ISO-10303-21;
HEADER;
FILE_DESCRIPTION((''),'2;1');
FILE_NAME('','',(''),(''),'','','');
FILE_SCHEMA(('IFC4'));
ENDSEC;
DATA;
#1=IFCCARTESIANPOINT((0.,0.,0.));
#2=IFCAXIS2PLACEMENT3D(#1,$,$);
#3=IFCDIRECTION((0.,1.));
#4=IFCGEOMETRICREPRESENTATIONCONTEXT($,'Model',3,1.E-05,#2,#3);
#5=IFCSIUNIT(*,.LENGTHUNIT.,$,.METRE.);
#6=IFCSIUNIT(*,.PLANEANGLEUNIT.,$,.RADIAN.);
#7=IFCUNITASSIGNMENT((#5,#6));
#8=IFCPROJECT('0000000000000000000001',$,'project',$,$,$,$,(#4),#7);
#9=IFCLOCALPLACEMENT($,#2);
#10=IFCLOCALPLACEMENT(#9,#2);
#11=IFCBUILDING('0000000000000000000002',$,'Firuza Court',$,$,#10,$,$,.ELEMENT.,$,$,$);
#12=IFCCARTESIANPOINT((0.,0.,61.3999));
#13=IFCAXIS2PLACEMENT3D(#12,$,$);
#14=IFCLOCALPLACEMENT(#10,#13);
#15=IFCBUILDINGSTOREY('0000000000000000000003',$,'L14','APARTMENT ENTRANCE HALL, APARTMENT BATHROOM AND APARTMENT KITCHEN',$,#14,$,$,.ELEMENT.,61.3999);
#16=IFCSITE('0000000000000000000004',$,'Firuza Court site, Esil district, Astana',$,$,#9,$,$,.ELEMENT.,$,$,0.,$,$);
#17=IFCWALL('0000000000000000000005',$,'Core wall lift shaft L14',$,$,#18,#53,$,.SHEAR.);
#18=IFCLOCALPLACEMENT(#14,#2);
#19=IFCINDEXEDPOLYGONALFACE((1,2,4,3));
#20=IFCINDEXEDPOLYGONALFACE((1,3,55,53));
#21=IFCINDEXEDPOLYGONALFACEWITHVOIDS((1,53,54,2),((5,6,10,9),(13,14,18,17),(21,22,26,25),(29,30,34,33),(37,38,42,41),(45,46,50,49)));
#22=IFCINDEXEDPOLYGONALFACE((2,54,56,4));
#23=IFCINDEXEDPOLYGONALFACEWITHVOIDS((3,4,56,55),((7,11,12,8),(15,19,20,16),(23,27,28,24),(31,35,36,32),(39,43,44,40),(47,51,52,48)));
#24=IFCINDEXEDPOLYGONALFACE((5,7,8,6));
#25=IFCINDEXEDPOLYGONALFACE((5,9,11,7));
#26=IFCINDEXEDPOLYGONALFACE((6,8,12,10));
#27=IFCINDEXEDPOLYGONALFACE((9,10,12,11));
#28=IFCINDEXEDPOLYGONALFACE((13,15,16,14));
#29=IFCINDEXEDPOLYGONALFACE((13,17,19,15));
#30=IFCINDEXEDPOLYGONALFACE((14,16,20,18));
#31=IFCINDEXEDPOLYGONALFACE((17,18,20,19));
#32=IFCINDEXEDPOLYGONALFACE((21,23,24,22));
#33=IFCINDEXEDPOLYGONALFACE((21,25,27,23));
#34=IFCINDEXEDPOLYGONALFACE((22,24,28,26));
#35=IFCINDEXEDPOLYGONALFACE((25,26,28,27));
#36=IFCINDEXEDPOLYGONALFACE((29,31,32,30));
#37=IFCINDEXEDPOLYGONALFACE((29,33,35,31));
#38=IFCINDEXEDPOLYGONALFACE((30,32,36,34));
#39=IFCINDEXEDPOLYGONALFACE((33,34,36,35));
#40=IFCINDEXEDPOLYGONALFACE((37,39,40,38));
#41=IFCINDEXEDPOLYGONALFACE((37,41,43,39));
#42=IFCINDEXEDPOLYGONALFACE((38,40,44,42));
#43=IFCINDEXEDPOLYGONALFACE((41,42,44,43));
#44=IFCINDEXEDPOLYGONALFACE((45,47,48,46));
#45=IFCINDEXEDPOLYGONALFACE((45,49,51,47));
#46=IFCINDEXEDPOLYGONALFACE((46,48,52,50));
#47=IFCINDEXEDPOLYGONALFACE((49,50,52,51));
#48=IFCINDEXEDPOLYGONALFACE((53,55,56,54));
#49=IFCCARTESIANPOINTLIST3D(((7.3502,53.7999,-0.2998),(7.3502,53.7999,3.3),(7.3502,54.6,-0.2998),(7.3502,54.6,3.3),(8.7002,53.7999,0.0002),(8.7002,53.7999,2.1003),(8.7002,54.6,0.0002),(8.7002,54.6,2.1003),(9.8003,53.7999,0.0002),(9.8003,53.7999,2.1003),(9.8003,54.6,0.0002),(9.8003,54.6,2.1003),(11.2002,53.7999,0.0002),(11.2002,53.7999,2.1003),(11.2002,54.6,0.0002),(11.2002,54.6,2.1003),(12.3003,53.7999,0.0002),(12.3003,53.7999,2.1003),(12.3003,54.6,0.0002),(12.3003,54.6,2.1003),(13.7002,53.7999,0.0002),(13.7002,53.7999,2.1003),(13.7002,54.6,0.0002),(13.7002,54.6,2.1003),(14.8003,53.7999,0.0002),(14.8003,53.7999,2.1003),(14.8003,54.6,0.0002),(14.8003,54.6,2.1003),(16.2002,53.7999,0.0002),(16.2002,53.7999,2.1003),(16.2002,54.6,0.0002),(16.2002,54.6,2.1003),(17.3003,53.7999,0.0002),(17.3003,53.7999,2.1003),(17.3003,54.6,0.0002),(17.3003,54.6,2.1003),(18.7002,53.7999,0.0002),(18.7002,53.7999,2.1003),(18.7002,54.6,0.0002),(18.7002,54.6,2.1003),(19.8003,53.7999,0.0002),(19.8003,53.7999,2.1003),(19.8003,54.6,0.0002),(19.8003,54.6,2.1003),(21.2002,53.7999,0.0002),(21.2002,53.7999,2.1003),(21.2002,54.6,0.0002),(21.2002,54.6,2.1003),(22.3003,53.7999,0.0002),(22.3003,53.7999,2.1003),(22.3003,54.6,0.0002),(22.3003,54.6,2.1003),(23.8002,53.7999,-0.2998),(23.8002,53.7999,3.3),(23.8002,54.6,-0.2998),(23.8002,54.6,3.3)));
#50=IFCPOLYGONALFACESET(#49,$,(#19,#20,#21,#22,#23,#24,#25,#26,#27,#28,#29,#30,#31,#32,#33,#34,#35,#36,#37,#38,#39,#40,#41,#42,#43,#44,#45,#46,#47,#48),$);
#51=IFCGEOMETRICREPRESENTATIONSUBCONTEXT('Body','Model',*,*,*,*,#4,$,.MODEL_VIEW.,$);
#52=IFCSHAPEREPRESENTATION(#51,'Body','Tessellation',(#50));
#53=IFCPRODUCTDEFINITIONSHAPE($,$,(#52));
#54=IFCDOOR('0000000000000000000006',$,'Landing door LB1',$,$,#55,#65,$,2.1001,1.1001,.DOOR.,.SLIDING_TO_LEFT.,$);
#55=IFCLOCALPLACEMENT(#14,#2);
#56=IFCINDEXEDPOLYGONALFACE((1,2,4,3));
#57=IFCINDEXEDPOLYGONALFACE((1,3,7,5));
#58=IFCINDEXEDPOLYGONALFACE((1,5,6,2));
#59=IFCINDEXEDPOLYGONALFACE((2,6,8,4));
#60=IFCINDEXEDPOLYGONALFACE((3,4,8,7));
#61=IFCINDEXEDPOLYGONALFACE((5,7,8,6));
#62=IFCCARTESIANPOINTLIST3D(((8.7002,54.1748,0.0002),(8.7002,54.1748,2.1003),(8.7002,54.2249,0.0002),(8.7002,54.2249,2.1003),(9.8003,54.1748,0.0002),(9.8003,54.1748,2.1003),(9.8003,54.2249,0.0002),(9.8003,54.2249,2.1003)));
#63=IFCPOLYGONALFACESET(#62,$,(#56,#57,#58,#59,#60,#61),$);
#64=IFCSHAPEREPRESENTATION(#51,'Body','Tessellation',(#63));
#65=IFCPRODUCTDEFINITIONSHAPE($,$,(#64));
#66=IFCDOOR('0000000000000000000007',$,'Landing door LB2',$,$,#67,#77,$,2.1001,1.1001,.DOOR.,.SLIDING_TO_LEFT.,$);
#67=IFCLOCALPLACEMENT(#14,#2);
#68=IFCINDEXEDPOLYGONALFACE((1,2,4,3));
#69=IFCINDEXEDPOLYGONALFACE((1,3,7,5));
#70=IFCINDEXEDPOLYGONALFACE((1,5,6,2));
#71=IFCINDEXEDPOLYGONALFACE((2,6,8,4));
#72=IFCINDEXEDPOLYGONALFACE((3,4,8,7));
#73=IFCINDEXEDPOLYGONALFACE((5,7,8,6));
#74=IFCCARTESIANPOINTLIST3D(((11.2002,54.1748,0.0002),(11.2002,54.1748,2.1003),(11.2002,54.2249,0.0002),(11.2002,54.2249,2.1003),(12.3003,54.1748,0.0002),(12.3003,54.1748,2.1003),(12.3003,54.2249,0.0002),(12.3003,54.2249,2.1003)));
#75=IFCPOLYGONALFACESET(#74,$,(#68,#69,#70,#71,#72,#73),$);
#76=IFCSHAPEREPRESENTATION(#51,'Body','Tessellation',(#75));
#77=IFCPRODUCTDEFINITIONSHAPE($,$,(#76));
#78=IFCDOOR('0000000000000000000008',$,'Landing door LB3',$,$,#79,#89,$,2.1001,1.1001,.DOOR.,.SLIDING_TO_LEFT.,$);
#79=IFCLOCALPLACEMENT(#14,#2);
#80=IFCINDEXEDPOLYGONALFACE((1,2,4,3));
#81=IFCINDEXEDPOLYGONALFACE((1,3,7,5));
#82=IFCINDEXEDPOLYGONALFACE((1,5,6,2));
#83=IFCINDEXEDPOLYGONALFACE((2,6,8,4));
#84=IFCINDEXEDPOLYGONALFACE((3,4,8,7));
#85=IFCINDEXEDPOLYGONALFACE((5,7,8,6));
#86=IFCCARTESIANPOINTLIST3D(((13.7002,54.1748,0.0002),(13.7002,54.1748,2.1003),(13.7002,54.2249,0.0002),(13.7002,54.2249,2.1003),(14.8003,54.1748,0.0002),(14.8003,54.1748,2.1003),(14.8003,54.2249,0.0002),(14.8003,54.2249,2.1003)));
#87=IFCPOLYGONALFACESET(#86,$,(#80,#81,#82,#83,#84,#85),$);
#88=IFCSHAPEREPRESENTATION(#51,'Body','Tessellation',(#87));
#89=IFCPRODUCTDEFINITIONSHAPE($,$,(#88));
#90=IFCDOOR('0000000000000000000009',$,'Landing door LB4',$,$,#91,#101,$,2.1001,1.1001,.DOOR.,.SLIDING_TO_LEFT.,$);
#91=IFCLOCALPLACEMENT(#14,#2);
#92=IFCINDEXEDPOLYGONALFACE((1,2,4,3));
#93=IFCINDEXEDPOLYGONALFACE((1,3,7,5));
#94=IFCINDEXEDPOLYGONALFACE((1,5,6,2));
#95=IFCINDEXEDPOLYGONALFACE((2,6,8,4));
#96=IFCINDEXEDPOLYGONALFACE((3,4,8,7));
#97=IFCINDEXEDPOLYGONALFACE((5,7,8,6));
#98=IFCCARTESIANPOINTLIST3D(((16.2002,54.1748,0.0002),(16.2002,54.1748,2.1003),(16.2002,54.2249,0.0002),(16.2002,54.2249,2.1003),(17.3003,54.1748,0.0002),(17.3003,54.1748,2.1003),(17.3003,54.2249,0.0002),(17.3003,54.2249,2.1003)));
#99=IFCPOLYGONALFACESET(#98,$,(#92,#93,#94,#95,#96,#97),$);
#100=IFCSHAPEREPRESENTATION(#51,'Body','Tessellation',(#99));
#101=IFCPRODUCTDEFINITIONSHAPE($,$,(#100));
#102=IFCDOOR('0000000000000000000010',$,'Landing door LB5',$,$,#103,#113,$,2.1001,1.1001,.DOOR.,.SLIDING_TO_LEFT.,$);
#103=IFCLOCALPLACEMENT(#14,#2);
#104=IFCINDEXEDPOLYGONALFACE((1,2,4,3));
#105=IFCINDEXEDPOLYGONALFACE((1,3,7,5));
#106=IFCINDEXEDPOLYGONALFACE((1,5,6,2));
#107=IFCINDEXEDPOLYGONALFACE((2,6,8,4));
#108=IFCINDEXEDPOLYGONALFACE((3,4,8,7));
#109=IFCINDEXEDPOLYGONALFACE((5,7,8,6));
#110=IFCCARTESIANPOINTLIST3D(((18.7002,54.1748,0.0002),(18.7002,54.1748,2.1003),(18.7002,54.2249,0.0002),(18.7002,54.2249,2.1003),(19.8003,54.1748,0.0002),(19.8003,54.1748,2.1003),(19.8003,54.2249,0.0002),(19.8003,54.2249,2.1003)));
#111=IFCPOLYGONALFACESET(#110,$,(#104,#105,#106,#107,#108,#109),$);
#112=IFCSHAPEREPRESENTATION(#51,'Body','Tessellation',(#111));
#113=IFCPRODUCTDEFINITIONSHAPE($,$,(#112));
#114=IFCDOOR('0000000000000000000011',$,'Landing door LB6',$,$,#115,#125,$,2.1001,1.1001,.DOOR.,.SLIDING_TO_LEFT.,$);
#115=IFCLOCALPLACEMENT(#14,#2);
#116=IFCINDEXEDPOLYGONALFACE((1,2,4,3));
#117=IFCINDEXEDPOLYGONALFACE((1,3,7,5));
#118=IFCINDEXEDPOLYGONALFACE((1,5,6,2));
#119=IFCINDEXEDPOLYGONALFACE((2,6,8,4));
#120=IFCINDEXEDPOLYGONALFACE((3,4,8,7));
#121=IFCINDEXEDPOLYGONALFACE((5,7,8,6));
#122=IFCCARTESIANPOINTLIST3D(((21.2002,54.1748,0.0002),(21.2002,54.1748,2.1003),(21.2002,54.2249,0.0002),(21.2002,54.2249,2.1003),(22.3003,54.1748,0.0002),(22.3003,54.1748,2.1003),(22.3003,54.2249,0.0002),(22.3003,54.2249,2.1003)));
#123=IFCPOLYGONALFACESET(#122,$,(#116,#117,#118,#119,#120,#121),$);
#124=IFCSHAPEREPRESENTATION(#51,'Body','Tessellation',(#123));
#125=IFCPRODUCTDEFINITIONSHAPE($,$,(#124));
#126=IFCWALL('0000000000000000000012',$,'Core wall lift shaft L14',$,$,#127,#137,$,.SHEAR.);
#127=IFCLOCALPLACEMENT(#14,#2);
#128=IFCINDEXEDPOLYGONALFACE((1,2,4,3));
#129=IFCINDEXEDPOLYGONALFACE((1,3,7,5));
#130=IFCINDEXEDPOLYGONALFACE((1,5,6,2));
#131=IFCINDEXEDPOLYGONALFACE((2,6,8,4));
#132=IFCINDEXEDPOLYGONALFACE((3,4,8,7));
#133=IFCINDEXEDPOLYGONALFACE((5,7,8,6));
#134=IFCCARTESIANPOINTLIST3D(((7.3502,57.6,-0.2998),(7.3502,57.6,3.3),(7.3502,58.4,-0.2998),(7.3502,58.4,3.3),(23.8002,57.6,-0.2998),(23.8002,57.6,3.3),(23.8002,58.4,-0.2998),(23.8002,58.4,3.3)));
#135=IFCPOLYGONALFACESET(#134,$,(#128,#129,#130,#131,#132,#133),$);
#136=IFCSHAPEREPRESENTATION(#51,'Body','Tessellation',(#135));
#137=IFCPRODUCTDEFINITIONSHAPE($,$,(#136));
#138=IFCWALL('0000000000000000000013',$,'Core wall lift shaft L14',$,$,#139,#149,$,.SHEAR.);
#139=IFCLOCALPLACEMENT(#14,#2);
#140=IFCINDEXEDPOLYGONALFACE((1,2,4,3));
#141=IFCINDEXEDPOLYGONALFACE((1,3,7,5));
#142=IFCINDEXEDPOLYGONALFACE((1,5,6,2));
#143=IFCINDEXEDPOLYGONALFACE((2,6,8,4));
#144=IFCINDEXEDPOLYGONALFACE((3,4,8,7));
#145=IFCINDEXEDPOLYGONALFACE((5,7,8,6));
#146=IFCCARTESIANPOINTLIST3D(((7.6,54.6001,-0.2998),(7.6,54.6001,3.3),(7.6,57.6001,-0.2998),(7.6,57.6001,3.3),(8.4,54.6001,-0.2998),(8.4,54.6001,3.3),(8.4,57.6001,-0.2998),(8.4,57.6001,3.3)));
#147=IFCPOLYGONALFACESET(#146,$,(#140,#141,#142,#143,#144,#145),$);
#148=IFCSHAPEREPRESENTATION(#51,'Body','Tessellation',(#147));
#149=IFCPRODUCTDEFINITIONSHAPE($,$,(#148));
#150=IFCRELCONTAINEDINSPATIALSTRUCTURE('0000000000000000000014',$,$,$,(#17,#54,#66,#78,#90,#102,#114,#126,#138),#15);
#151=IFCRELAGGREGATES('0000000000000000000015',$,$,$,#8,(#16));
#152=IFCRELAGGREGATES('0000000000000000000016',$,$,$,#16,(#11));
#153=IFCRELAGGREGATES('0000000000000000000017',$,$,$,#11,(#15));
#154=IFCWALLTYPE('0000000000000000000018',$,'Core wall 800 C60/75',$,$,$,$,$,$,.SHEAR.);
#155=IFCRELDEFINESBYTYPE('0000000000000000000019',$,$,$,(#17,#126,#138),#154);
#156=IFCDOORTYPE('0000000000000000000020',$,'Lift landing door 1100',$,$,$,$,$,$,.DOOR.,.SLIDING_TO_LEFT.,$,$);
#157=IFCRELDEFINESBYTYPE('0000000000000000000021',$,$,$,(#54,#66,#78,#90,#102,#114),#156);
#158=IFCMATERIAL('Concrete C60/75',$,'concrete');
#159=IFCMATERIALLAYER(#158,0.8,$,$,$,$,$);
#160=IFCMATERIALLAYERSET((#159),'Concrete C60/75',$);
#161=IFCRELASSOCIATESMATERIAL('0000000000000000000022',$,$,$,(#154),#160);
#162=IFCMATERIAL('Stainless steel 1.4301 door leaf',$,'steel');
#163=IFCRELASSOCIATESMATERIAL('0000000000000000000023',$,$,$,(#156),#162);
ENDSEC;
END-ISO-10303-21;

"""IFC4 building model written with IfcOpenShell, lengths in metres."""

from ifc_helpers import new_model, si_unit, direction, frame, frame_2d, origin, place, context, subcontext, project, spatial, rectangle, extrude, material, layer, layer_set, type_object, element, fill, save


model = new_model("IFC4")

# Units and contexts
model_context = context("Model", 3, precision=1e-05, world=origin(), true_north=direction((0.0, 1.0)))
body_context = subcontext(model_context, "Body", "Model", "MODEL_VIEW")
ifc_project = project(units=[si_unit("LENGTHUNIT", "METRE"), si_unit("PLANEANGLEUNIT", "RADIAN")], contexts=[model_context])

# Site, building, storey
site_placement = place(None, origin())
site = spatial("IfcSite", under=ifc_project, at=site_placement, Name="Firuza Court site, Esil district, Astana", CompositionType="ELEMENT", RefElevation=0.0)
building_placement = place(site_placement, origin())
building = spatial("IfcBuilding", under=site, at=building_placement, Name="Firuza Court", CompositionType="ELEMENT")
storey_placement = place(building_placement, frame((0.0, 0.0, 61.3999)))
storey = spatial("IfcBuildingStorey", under=building, at=storey_placement, Name="L14", Description="APARTMENT ENTRANCE HALL, APARTMENT BATHROOM AND APARTMENT KITCHEN", CompositionType="ELEMENT", Elevation=61.3999)

# Shared definitions
ifc_material_1 = material(Name="Concrete C60/75", Category="concrete")

# Wall, openings, doors
ifc_layer_1 = layer(ifc_material_1, 0.8)
ifc_layer_set_1 = layer_set([ifc_layer_1], Name="Concrete C60/75")
wall_type_1 = type_object("IfcWallType", Name="Core wall 800 C60/75", PredefinedType="SHEAR", material=ifc_layer_set_1)
wall_1_placement = place(storey_placement, frame((7.3501, 54.2, -0.2998), z_axis=(0.0, 0.0, 1.0), x_axis=(1.0, 0.0, 0.0)))
wall_1 = element("IfcWall", 1, at=wall_1_placement, inside=storey, type_object=wall_type_1, Name="Core wall lift shaft L14", PredefinedType="SHEAR", context=body_context, shape_type="SweptSolid", body=[
    extrude(rectangle(XDim=16.45, YDim=0.8, at=frame_2d((8.2251, 0.0))), origin(), (0.0, 0.0, 1.0), 3.5999),
])
opening_1_placement = place(wall_1_placement, frame((1.3501, 0.0, 0.3)))
opening_1 = element("IfcOpeningElement", 2, at=opening_1_placement, cuts=wall_1, PredefinedType="OPENING", context=body_context, shape_type="SweptSolid", body=[
    extrude(rectangle(XDim=1.1001, YDim=2.1001, at=frame_2d((0.55, 1.05))), frame((0.0, 0.4121, 0.0), z_axis=(0.0, -1.0, 0.0), x_axis=(1.0, 0.0, 0.0)), (0.0, 0.0, 1.0), 0.824),
])
opening_2_placement = place(wall_1_placement, frame((3.8501, 0.0, 0.3)))
opening_2 = element("IfcOpeningElement", 3, at=opening_2_placement, cuts=wall_1, PredefinedType="OPENING", context=body_context, shape_type="SweptSolid", body=[
    extrude(rectangle(XDim=1.1001, YDim=2.1001, at=frame_2d((0.55, 1.05))), frame((0.0, 0.4121, 0.0), z_axis=(0.0, -1.0, 0.0), x_axis=(1.0, 0.0, 0.0)), (0.0, 0.0, 1.0), 0.824),
])
opening_3_placement = place(wall_1_placement, frame((6.3501, 0.0, 0.3)))
opening_3 = element("IfcOpeningElement", 4, at=opening_3_placement, cuts=wall_1, PredefinedType="OPENING", context=body_context, shape_type="SweptSolid", body=[
    extrude(rectangle(XDim=1.1001, YDim=2.1001, at=frame_2d((0.55, 1.05))), frame((0.0, 0.4121, 0.0), z_axis=(0.0, -1.0, 0.0), x_axis=(1.0, 0.0, 0.0)), (0.0, 0.0, 1.0), 0.824),
])
opening_4_placement = place(wall_1_placement, frame((8.8501, 0.0, 0.3)))
opening_4 = element("IfcOpeningElement", 5, at=opening_4_placement, cuts=wall_1, PredefinedType="OPENING", context=body_context, shape_type="SweptSolid", body=[
    extrude(rectangle(XDim=1.1001, YDim=2.1001, at=frame_2d((0.55, 1.05))), frame((0.0, 0.4121, 0.0), z_axis=(0.0, -1.0, 0.0), x_axis=(1.0, 0.0, 0.0)), (0.0, 0.0, 1.0), 0.824),
])
opening_5_placement = place(wall_1_placement, frame((11.3501, 0.0, 0.3)))
opening_5 = element("IfcOpeningElement", 6, at=opening_5_placement, cuts=wall_1, PredefinedType="OPENING", context=body_context, shape_type="SweptSolid", body=[
    extrude(rectangle(XDim=1.1001, YDim=2.1001, at=frame_2d((0.55, 1.05))), frame((0.0, 0.4121, 0.0), z_axis=(0.0, -1.0, 0.0), x_axis=(1.0, 0.0, 0.0)), (0.0, 0.0, 1.0), 0.824),
])
opening_6_placement = place(wall_1_placement, frame((13.8501, 0.0, 0.3)))
opening_6 = element("IfcOpeningElement", 7, at=opening_6_placement, cuts=wall_1, PredefinedType="OPENING", context=body_context, shape_type="SweptSolid", body=[
    extrude(rectangle(XDim=1.1001, YDim=2.1001, at=frame_2d((0.55, 1.05))), frame((0.0, 0.4121, 0.0), z_axis=(0.0, -1.0, 0.0), x_axis=(1.0, 0.0, 0.0)), (0.0, 0.0, 1.0), 0.824),
])
ifc_material_2 = material(Name="Stainless steel 1.4301 door leaf", Category="steel")
door_type = type_object("IfcDoorType", Name="Lift landing door 1100", OperationType="SLIDING_TO_LEFT", PredefinedType="DOOR", material=ifc_material_2)
door_1_placement = place(opening_1_placement, origin())
door_1 = element("IfcDoor", 8, at=door_1_placement, inside=storey, type_object=door_type, Name="Landing door LB1", OperationType="SLIDING_TO_LEFT", OverallHeight=2.1001, OverallWidth=1.1001, PredefinedType="DOOR", context=body_context, shape_type="SweptSolid", body=[
    extrude(rectangle(XDim=1.1001, YDim=2.1001, at=frame_2d((0.55, 1.05))), frame((0.0, 0.0249, 0.0), z_axis=(0.0, -1.0, 0.0), x_axis=(1.0, 0.0, 0.0)), (0.0, 0.0, 1.0), 0.05),
])
fill(opening_1, door_1)
door_2_placement = place(opening_2_placement, origin())
door_2 = element("IfcDoor", 9, at=door_2_placement, inside=storey, type_object=door_type, Name="Landing door LB2", OperationType="SLIDING_TO_LEFT", OverallHeight=2.1001, OverallWidth=1.1001, PredefinedType="DOOR", context=body_context, shape_type="SweptSolid", body=[
    extrude(rectangle(XDim=1.1001, YDim=2.1001, at=frame_2d((0.55, 1.05))), frame((0.0, 0.0249, 0.0), z_axis=(0.0, -1.0, 0.0), x_axis=(1.0, 0.0, 0.0)), (0.0, 0.0, 1.0), 0.05),
])
fill(opening_2, door_2)
door_3_placement = place(opening_3_placement, origin())
door_3 = element("IfcDoor", 10, at=door_3_placement, inside=storey, type_object=door_type, Name="Landing door LB3", OperationType="SLIDING_TO_LEFT", OverallHeight=2.1001, OverallWidth=1.1001, PredefinedType="DOOR", context=body_context, shape_type="SweptSolid", body=[
    extrude(rectangle(XDim=1.1001, YDim=2.1001, at=frame_2d((0.55, 1.05))), frame((0.0, 0.0249, 0.0), z_axis=(0.0, -1.0, 0.0), x_axis=(1.0, 0.0, 0.0)), (0.0, 0.0, 1.0), 0.05),
])
fill(opening_3, door_3)
door_4_placement = place(opening_4_placement, origin())
door_4 = element("IfcDoor", 11, at=door_4_placement, inside=storey, type_object=door_type, Name="Landing door LB4", OperationType="SLIDING_TO_LEFT", OverallHeight=2.1001, OverallWidth=1.1001, PredefinedType="DOOR", context=body_context, shape_type="SweptSolid", body=[
    extrude(rectangle(XDim=1.1001, YDim=2.1001, at=frame_2d((0.55, 1.05))), frame((0.0, 0.0249, 0.0), z_axis=(0.0, -1.0, 0.0), x_axis=(1.0, 0.0, 0.0)), (0.0, 0.0, 1.0), 0.05),
])
fill(opening_4, door_4)
door_5_placement = place(opening_5_placement, origin())
door_5 = element("IfcDoor", 12, at=door_5_placement, inside=storey, type_object=door_type, Name="Landing door LB5", OperationType="SLIDING_TO_LEFT", OverallHeight=2.1001, OverallWidth=1.1001, PredefinedType="DOOR", context=body_context, shape_type="SweptSolid", body=[
    extrude(rectangle(XDim=1.1001, YDim=2.1001, at=frame_2d((0.55, 1.05))), frame((0.0, 0.0249, 0.0), z_axis=(0.0, -1.0, 0.0), x_axis=(1.0, 0.0, 0.0)), (0.0, 0.0, 1.0), 0.05),
])
fill(opening_5, door_5)
door_6_placement = place(opening_6_placement, origin())
door_6 = element("IfcDoor", 13, at=door_6_placement, inside=storey, type_object=door_type, Name="Landing door LB6", OperationType="SLIDING_TO_LEFT", OverallHeight=2.1001, OverallWidth=1.1001, PredefinedType="DOOR", context=body_context, shape_type="SweptSolid", body=[
    extrude(rectangle(XDim=1.1001, YDim=2.1001, at=frame_2d((0.55, 1.05))), frame((0.0, 0.0249, 0.0), z_axis=(0.0, -1.0, 0.0), x_axis=(1.0, 0.0, 0.0)), (0.0, 0.0, 1.0), 0.05),
])
fill(opening_6, door_6)

# Walls
wall_2_placement = place(storey_placement, frame((7.3501, 58.0, -0.2998), z_axis=(0.0, 0.0, 1.0), x_axis=(1.0, 0.0, 0.0)))
element("IfcWall", 14, at=wall_2_placement, inside=storey, type_object=wall_type_1, Name="Core wall lift shaft L14", PredefinedType="SHEAR", context=body_context, shape_type="SweptSolid", body=[
    extrude(rectangle(XDim=16.45, YDim=0.8, at=frame_2d((8.2251, 0.0))), origin(), (0.0, 0.0, 1.0), 3.5999),
])
wall_3_placement = place(storey_placement, frame((8.0, 54.6001, -0.2998), z_axis=(0.0, 0.0, 1.0), x_axis=(0.0, 1.0, 0.0)))
element("IfcWall", 15, at=wall_3_placement, inside=storey, type_object=wall_type_1, Name="Core wall lift shaft L14", PredefinedType="SHEAR", context=body_context, shape_type="SweptSolid", body=[
    extrude(rectangle(XDim=3.0, YDim=0.8, at=frame_2d((1.5, 0.0))), origin(), (0.0, 0.0, 1.0), 3.5999),
])

save(model, "model.ifc")
